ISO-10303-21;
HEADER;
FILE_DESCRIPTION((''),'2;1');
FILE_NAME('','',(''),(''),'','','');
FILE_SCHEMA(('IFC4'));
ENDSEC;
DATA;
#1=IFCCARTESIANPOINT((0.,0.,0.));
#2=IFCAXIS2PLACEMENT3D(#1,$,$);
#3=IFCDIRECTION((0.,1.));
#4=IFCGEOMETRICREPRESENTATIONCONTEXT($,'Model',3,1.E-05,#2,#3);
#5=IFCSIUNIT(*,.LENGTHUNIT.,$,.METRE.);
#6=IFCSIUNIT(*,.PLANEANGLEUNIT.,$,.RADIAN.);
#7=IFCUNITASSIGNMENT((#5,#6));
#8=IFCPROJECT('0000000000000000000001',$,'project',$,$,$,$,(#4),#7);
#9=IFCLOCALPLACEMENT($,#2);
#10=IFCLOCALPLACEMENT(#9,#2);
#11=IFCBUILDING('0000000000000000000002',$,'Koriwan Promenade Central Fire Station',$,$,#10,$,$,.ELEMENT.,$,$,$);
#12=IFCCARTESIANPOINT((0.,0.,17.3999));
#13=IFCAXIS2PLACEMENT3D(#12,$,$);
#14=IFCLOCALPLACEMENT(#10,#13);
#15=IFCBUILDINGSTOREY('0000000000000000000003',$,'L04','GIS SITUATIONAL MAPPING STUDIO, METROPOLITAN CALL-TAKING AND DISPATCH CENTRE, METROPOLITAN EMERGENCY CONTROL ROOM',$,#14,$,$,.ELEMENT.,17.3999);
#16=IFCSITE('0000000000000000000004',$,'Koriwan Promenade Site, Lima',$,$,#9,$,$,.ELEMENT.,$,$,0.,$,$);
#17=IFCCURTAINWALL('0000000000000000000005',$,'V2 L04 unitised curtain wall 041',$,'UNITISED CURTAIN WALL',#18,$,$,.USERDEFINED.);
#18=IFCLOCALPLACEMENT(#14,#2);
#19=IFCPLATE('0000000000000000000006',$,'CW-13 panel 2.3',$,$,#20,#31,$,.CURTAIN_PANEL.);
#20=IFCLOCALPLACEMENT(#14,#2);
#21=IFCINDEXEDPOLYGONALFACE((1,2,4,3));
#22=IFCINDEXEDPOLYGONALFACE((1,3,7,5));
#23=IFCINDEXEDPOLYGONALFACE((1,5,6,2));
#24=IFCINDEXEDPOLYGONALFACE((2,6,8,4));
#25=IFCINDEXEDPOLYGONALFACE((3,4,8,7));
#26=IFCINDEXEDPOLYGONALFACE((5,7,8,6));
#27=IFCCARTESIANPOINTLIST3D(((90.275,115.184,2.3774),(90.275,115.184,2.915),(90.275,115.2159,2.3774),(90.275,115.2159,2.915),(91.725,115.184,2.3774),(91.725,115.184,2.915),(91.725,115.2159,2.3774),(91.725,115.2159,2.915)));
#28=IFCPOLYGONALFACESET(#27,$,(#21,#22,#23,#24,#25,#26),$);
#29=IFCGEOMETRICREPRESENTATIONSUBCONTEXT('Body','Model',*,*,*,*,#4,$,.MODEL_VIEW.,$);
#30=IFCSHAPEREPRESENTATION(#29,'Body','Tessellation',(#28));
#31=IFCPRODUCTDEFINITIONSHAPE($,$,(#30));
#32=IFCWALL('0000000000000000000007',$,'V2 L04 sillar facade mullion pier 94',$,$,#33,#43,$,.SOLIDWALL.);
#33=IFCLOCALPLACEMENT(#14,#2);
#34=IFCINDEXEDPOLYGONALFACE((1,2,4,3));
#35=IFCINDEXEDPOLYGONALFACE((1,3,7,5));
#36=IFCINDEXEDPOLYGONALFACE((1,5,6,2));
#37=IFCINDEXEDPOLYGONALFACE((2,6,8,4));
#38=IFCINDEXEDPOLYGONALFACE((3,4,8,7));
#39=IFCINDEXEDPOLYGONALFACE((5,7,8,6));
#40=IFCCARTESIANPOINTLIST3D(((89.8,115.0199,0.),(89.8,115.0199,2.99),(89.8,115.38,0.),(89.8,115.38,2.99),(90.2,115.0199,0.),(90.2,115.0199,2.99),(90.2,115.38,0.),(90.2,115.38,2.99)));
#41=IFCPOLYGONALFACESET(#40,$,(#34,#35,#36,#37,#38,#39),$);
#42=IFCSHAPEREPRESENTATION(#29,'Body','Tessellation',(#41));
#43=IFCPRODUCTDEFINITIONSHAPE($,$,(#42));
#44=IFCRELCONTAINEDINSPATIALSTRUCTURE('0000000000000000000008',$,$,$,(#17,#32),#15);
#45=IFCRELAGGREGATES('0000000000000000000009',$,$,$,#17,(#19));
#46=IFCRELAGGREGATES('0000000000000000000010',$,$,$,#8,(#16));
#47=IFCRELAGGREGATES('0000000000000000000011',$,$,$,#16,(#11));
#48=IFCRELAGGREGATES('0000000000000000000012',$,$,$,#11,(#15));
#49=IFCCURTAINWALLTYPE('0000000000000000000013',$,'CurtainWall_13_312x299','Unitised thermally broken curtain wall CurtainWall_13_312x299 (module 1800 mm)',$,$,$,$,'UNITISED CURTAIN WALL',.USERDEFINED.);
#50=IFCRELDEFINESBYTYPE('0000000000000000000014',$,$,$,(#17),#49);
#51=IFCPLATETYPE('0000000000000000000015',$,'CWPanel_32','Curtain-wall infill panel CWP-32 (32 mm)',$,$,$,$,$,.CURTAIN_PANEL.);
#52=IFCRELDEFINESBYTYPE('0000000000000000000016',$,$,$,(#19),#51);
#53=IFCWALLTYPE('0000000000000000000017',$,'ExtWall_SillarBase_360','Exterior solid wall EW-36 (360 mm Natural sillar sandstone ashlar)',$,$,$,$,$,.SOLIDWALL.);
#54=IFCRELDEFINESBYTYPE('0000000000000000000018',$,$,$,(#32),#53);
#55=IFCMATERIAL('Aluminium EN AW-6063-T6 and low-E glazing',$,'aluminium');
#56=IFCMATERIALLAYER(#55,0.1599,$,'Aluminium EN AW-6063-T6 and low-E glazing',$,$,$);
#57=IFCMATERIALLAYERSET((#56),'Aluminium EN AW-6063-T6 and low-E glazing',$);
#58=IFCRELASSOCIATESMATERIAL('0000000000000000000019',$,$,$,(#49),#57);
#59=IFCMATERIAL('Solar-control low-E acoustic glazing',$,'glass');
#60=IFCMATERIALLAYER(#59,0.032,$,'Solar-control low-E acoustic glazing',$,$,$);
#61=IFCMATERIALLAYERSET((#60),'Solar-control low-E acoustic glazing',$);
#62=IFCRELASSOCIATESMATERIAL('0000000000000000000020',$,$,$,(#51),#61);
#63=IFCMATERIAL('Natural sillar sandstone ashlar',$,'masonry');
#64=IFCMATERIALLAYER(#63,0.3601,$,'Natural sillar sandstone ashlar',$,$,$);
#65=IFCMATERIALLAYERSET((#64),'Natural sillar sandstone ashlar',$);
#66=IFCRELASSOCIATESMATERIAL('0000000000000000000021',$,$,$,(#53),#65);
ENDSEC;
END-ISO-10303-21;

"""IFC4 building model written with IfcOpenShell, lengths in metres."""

from ifc_helpers import new_model, si_unit, direction, frame, frame_2d, origin, origin_2d, place, context, subcontext, project, spatial, rectangle, extrude, material, layer, layer_set, type_object, element, aggregate, save


model = new_model("IFC4")

# Units and contexts
model_context = context("Model", 3, precision=1e-05, world=origin(), true_north=direction((0.0, 1.0)))
body_context = subcontext(model_context, "Body", "Model", "MODEL_VIEW")
ifc_project = project(units=[si_unit("LENGTHUNIT", "METRE"), si_unit("PLANEANGLEUNIT", "RADIAN")], contexts=[model_context])

# Site, building, storey
site_placement = place(None, origin())
site = spatial("IfcSite", under=ifc_project, at=site_placement, Name="Koriwan Promenade Site, Lima", CompositionType="ELEMENT", RefElevation=0.0)
building_placement = place(site_placement, origin())
building = spatial("IfcBuilding", under=site, at=building_placement, Name="Koriwan Promenade Central Fire Station", CompositionType="ELEMENT")
storey_placement = place(building_placement, frame((0.0, 0.0, 17.3999)))
storey = spatial("IfcBuildingStorey", under=building, at=storey_placement, Name="L04", Description="GIS SITUATIONAL MAPPING STUDIO, METROPOLITAN CALL-TAKING AND DISPATCH CENTRE, METROPOLITAN EMERGENCY CONTROL ROOM", CompositionType="ELEMENT", Elevation=17.3999)

# Curtain wall
ifc_material_1 = material(Name="Aluminium EN AW-6063-T6 and low-E glazing", Category="aluminium")
ifc_layer_1 = layer(ifc_material_1, 0.1599, Name="Aluminium EN AW-6063-T6 and low-E glazing")
ifc_layer_set_1 = layer_set([ifc_layer_1], Name="Aluminium EN AW-6063-T6 and low-E glazing")
curtain_wall_type_1 = type_object("IfcCurtainWallType", Name="CurtainWall_13_312x299", Description="Unitised thermally broken curtain wall CurtainWall_13_312x299 (module 1800 mm)", ElementType="UNITISED CURTAIN WALL", PredefinedType="USERDEFINED", material=ifc_layer_set_1)
curtain_wall_1_placement = place(storey_placement, origin())
curtain_wall_1 = element("IfcCurtainWall", 1, at=curtain_wall_1_placement, inside=storey, type_object=curtain_wall_type_1, Name="V2 L04 unitised curtain wall 041", ObjectType="UNITISED CURTAIN WALL", PredefinedType="USERDEFINED")

# Plate
ifc_material_2 = material(Name="Solar-control low-E acoustic glazing", Category="glass")
ifc_layer_2 = layer(ifc_material_2, 0.032, Name="Solar-control low-E acoustic glazing")
ifc_layer_set_2 = layer_set([ifc_layer_2], Name="Solar-control low-E acoustic glazing")
plate_type_1 = type_object("IfcPlateType", Name="CWPanel_32", Description="Curtain-wall infill panel CWP-32 (32 mm)", PredefinedType="CURTAIN_PANEL", material=ifc_layer_set_2)
plate_1_placement = place(storey_placement, frame((91.0, 115.2, 2.3774), z_axis=(0.0, 0.0, 1.0), x_axis=(-1.0, 0.0, 0.0)))
plate_1 = element("IfcPlate", 2, at=plate_1_placement, type_object=plate_type_1, Name="CW-13 panel 2.3", PredefinedType="CURTAIN_PANEL", context=body_context, shape_type="SweptSolid", body=[
    extrude(rectangle(XDim=1.45, YDim=0.032, at=origin_2d()), origin(), (0.0, 0.0, 1.0), 0.5376),
])
aggregate(curtain_wall_1, [plate_1])

# Wall
ifc_material_3 = material(Name="Natural sillar sandstone ashlar", Category="masonry")
ifc_layer_3 = layer(ifc_material_3, 0.3601, Name="Natural sillar sandstone ashlar")
ifc_layer_set_3 = layer_set([ifc_layer_3], Name="Natural sillar sandstone ashlar")
wall_type = type_object("IfcWallType", Name="ExtWall_SillarBase_360", Description="Exterior solid wall EW-36 (360 mm Natural sillar sandstone ashlar)", PredefinedType="SOLIDWALL", material=ifc_layer_set_3)
wall_placement = place(storey_placement, frame((90.2, 115.2, 0.0), z_axis=(0.0, 0.0, 1.0), x_axis=(-1.0, 0.0, 0.0)))
element("IfcWall", 3, at=wall_placement, inside=storey, type_object=wall_type, Name="V2 L04 sillar facade mullion pier 94", PredefinedType="SOLIDWALL", context=body_context, shape_type="SweptSolid", body=[
    extrude(rectangle(XDim=0.3999, YDim=0.3601, at=frame_2d((0.2, 0.0))), origin(), (0.0, 0.0, 1.0), 2.99),
])

save(model, "model.ifc")
